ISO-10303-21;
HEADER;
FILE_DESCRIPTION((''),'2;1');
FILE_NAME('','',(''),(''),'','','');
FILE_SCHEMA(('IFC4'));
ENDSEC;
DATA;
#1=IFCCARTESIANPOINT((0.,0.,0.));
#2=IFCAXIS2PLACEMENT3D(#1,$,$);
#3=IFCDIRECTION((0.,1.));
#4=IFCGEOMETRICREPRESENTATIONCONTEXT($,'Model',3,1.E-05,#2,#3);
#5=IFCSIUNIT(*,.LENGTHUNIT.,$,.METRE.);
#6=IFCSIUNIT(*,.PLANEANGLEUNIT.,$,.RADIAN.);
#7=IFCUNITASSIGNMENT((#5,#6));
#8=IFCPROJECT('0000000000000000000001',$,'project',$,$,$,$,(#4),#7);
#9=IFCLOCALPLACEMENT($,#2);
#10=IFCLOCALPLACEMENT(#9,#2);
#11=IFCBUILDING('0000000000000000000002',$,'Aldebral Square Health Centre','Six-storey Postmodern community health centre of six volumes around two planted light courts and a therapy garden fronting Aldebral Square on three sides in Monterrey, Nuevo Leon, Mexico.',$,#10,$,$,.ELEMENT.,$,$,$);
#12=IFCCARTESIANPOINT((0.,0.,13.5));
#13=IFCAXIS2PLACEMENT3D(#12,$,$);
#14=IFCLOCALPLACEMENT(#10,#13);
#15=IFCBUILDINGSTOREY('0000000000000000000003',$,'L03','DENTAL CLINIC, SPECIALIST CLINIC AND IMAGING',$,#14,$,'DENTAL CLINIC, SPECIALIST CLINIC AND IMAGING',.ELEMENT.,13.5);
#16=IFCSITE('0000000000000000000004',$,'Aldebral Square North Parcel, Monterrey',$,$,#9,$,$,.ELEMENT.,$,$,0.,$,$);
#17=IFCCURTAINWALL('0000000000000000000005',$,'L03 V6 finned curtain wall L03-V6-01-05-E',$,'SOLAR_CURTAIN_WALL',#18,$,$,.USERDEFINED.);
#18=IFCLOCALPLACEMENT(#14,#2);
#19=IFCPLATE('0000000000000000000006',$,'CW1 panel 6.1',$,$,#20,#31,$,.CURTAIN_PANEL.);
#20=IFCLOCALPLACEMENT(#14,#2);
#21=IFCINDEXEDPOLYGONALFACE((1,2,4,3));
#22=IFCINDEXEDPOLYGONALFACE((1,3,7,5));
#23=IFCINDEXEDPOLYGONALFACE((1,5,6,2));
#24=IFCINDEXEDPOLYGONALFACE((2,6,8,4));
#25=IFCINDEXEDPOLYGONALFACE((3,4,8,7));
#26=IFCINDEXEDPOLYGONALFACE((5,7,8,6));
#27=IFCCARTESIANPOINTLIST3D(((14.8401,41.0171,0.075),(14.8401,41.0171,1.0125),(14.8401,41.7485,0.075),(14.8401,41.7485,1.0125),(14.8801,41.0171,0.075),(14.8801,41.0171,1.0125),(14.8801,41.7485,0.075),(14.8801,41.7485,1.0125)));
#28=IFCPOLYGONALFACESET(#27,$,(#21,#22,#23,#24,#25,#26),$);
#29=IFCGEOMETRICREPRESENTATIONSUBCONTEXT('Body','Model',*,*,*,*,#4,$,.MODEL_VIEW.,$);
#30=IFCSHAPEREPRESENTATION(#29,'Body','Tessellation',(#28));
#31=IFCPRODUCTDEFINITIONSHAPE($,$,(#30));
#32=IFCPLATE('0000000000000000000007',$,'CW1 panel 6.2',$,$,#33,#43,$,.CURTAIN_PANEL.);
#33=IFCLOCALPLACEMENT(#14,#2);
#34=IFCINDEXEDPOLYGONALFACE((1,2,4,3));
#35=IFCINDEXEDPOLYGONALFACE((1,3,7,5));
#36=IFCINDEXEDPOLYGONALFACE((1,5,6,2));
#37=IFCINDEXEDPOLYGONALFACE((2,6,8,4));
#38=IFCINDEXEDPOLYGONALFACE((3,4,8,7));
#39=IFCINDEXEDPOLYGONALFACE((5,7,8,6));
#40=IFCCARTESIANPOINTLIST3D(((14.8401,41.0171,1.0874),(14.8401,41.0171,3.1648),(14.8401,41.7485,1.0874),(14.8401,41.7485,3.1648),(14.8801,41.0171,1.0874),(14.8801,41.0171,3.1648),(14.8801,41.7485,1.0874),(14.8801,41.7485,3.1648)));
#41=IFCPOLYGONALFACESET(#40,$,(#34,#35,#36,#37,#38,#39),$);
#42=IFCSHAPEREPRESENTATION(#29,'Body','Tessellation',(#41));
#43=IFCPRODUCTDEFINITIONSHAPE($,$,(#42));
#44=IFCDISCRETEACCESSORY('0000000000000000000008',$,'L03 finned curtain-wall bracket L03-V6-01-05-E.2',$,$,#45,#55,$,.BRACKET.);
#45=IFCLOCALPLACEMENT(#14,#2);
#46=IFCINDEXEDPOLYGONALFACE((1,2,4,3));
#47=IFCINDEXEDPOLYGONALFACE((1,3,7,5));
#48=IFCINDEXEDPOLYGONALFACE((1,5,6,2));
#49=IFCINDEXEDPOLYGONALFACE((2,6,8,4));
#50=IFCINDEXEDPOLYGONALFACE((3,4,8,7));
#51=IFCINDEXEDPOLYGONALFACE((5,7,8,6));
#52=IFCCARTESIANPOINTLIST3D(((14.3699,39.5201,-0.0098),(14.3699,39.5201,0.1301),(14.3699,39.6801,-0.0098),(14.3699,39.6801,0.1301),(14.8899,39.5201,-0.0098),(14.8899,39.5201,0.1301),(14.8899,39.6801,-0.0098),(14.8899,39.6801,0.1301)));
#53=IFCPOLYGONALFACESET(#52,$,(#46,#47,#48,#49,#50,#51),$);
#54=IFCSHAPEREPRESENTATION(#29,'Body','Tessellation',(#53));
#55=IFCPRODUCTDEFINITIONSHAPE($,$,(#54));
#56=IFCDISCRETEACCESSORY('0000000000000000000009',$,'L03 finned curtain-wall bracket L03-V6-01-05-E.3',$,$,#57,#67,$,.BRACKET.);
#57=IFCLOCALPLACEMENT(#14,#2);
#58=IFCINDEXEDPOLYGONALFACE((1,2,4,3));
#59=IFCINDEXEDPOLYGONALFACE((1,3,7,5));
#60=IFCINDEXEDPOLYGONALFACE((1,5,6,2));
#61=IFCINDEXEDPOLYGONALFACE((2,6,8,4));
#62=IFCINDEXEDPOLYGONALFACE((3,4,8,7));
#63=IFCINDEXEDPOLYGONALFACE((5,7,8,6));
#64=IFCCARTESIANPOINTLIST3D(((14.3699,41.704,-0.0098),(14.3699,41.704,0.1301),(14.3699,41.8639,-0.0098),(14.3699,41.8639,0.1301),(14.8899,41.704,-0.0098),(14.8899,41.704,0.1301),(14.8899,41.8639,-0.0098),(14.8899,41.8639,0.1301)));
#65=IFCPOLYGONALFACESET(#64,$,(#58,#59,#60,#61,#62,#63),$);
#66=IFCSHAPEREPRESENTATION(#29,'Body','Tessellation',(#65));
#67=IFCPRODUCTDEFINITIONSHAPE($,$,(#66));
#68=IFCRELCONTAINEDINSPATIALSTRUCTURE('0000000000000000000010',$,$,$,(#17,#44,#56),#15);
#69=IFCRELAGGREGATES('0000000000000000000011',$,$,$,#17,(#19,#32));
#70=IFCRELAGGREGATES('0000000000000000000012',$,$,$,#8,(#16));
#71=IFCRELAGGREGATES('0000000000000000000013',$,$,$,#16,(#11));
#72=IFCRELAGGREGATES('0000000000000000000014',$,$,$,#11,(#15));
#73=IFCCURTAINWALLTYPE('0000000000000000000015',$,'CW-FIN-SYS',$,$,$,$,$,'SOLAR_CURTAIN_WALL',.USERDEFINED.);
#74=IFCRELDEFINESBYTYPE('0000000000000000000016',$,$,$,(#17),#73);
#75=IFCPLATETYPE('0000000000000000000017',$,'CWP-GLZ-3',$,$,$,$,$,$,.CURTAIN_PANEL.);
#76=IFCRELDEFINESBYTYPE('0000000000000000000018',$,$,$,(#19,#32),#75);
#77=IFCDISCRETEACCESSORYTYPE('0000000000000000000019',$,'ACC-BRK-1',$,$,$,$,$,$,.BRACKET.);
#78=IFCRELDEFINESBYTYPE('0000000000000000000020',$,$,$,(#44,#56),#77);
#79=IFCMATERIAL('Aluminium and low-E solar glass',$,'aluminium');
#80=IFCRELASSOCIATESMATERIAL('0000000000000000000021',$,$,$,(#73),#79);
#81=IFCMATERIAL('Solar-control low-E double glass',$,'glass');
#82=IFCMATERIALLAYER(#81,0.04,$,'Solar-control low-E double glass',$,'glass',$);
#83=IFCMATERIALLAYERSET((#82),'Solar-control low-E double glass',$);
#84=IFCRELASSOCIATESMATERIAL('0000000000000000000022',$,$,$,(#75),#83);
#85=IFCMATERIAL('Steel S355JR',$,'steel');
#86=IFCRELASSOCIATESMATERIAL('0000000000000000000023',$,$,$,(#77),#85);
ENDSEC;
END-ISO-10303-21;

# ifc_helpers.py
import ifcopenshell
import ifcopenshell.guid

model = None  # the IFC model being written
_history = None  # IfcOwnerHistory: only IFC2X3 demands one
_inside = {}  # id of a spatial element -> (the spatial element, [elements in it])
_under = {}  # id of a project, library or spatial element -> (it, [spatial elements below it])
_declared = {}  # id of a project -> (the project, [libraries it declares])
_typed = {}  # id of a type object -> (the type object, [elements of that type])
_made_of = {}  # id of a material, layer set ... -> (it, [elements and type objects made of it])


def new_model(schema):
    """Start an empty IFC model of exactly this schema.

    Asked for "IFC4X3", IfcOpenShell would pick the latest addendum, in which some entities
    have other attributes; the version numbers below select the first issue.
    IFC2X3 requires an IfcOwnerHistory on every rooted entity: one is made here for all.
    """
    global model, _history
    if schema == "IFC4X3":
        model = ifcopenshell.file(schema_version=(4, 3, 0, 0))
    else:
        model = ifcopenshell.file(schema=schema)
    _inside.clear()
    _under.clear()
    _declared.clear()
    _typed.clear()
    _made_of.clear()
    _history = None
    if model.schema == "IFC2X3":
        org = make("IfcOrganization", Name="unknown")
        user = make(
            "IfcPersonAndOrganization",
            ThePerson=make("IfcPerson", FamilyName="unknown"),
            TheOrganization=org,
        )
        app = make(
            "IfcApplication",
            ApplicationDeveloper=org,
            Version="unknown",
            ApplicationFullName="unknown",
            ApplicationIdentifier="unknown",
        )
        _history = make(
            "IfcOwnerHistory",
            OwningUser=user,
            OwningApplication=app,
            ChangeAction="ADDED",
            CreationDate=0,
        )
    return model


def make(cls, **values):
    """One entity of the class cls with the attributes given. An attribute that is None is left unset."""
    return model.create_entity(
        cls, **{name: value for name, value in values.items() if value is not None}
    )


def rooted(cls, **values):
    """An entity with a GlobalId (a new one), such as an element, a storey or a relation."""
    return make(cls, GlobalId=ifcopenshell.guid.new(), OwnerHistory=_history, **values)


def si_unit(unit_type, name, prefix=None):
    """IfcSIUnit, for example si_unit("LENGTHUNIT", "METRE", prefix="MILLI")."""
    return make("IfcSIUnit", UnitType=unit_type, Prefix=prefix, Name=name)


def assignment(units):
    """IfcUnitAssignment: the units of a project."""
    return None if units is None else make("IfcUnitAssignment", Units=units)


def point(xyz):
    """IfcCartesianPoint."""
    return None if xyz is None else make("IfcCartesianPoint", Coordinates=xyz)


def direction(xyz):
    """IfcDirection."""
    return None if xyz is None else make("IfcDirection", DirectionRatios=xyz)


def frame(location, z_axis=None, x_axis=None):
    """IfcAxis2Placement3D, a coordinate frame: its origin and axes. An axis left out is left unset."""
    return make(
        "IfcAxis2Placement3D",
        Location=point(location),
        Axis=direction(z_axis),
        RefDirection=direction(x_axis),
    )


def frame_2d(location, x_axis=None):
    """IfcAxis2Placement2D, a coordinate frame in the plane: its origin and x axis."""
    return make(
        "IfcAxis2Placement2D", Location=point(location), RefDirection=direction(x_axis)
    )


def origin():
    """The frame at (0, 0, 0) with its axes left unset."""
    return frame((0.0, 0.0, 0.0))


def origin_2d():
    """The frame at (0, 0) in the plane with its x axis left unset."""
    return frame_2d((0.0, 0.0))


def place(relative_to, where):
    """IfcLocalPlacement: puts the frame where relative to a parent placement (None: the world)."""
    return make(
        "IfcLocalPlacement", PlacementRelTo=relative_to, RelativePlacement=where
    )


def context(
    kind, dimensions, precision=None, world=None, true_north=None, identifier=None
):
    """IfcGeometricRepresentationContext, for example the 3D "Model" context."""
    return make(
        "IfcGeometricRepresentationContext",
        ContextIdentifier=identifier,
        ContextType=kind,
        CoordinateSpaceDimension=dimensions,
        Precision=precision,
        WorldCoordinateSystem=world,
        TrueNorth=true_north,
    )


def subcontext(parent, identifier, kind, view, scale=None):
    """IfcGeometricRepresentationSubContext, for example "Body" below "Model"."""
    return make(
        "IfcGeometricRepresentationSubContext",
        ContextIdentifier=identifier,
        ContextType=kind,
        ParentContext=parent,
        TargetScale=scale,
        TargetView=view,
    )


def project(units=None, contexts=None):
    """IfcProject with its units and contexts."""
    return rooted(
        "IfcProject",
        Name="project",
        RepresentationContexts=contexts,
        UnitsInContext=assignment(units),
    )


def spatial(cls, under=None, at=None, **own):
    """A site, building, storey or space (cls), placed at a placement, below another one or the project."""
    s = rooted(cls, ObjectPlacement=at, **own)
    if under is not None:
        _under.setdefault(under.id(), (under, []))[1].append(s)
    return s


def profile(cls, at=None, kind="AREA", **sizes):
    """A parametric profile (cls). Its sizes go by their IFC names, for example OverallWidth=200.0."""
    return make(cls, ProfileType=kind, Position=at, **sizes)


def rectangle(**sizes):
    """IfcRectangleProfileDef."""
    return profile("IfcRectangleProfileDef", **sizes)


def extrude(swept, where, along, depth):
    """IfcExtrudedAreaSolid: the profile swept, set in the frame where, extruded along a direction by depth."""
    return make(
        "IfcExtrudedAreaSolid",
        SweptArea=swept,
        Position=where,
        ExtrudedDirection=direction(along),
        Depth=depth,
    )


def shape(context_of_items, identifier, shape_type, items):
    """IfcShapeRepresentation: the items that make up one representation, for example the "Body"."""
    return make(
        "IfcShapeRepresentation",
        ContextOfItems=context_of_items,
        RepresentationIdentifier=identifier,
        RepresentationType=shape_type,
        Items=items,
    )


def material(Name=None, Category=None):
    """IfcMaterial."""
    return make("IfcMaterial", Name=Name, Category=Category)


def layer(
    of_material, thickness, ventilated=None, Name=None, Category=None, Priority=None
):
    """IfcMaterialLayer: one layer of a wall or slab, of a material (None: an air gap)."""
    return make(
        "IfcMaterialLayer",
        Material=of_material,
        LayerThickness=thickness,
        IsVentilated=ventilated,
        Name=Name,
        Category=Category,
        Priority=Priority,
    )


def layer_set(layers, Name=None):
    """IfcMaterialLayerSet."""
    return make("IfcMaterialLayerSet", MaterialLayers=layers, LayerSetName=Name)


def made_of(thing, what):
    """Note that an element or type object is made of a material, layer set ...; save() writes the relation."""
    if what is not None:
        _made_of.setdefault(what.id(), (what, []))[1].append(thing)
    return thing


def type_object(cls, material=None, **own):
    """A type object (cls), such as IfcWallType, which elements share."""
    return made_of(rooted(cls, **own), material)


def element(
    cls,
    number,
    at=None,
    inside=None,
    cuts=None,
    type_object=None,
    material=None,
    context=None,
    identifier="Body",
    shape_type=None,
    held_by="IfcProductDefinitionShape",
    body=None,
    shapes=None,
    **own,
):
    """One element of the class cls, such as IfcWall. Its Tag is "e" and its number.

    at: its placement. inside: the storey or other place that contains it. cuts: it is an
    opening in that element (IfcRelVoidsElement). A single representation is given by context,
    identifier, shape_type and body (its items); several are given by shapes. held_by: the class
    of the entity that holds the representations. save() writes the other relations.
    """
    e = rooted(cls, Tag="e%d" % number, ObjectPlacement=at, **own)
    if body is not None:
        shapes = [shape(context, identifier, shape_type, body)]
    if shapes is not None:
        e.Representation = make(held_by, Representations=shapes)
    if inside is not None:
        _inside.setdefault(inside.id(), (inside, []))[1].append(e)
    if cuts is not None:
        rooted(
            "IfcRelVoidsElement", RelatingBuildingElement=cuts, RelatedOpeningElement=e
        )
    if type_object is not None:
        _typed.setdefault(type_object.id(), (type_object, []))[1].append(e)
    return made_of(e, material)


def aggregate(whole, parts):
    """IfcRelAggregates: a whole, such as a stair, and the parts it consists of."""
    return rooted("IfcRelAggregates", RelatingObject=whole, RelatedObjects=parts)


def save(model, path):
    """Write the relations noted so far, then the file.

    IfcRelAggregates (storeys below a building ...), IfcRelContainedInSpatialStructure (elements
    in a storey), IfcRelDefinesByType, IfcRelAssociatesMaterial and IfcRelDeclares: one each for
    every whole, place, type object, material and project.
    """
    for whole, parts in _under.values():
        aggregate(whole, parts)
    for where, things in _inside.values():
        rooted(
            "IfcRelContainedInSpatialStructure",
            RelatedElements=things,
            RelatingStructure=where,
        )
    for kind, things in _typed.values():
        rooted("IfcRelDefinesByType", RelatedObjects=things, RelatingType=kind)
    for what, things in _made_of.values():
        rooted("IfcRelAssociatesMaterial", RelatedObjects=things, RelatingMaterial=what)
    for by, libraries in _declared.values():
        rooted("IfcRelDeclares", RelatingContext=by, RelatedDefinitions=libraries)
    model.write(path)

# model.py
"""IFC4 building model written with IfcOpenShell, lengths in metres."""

from ifc_helpers import new_model, si_unit, direction, frame, origin, origin_2d, place, context, subcontext, project, spatial, rectangle, extrude, material, layer, layer_set, type_object, element, aggregate, save


model = new_model("IFC4")

# Units and contexts
model_context = context("Model", 3, precision=1e-05, world=origin(), true_north=direction((0.0, 1.0)))
body_context = subcontext(model_context, "Body", "Model", "MODEL_VIEW")
ifc_project = project(units=[si_unit("LENGTHUNIT", "METRE"), si_unit("PLANEANGLEUNIT", "RADIAN")], contexts=[model_context])

# Site, building, storey
site_placement = place(None, origin())
site = spatial("IfcSite", under=ifc_project, at=site_placement, Name="Aldebral Square North Parcel, Monterrey", CompositionType="ELEMENT", RefElevation=0.0)
building_placement = place(site_placement, origin())
building = spatial("IfcBuilding", under=site, at=building_placement, Name="Aldebral Square Health Centre", Description="Six-storey Postmodern community health centre of six volumes around two planted light courts and a therapy garden fronting Aldebral Square on three sides in Monterrey, Nuevo Leon, Mexico.", CompositionType="ELEMENT")
storey_placement = place(building_placement, frame((0.0, 0.0, 13.5)))
storey = spatial("IfcBuildingStorey", under=building, at=storey_placement, Name="L03", Description="DENTAL CLINIC, SPECIALIST CLINIC AND IMAGING", LongName="DENTAL CLINIC, SPECIALIST CLINIC AND IMAGING", CompositionType="ELEMENT", Elevation=13.5)

# Curtain wall, plates
ifc_material_1 = material(Name="Aluminium and low-E solar glass", Category="aluminium")
curtain_wall_type = type_object("IfcCurtainWallType", Name="CW-FIN-SYS", ElementType="SOLAR_CURTAIN_WALL", PredefinedType="USERDEFINED", material=ifc_material_1)
curtain_wall_placement = place(storey_placement, origin())
curtain_wall = element("IfcCurtainWall", 1, at=curtain_wall_placement, inside=storey, type_object=curtain_wall_type, Name="L03 V6 finned curtain wall L03-V6-01-05-E", ObjectType="SOLAR_CURTAIN_WALL", PredefinedType="USERDEFINED")
ifc_material_2 = material(Name="Solar-control low-E double glass", Category="glass")
ifc_layer = layer(ifc_material_2, 0.04, Name="Solar-control low-E double glass", Category="glass")
ifc_layer_set = layer_set([ifc_layer], Name="Solar-control low-E double glass")
plate_type = type_object("IfcPlateType", Name="CWP-GLZ-3", PredefinedType="CURTAIN_PANEL", material=ifc_layer_set)
plate_1_placement = place(storey_placement, frame((14.8601, 41.3828, 0.075), z_axis=(0.0, 0.0, 1.0), x_axis=(0.0, 1.0, 0.0)))
plate_1 = element("IfcPlate", 2, at=plate_1_placement, type_object=plate_type, Name="CW1 panel 6.1", PredefinedType="CURTAIN_PANEL", context=body_context, shape_type="SweptSolid", body=[
    extrude(rectangle(XDim=0.7314, YDim=0.04, at=origin_2d()), origin(), (0.0, 0.0, 1.0), 0.9375),
])
plate_2_placement = place(storey_placement, frame((14.8601, 41.3828, 1.0874), z_axis=(0.0, 0.0, 1.0), x_axis=(0.0, 1.0, 0.0)))
plate_2 = element("IfcPlate", 3, at=plate_2_placement, type_object=plate_type, Name="CW1 panel 6.2", PredefinedType="CURTAIN_PANEL", context=body_context, shape_type="SweptSolid", body=[
    extrude(rectangle(XDim=0.7314, YDim=0.04, at=origin_2d()), origin(), (0.0, 0.0, 1.0), 2.0774),
])
aggregate(curtain_wall, [plate_1, plate_2])

# Discrete accessories
ifc_material_3 = material(Name="Steel S355JR", Category="steel")
discrete_accessory_type = type_object("IfcDiscreteAccessoryType", Name="ACC-BRK-1", PredefinedType="BRACKET", material=ifc_material_3)
for number, where, z_axis, x_axis, name in (
    (4, (14.6299, 39.6001, -0.0098), (0.0, 0.0, 1.0), (0.0, 1.0, 0.0), "L03 finned curtain-wall bracket L03-V6-01-05-E.2"),
    (5, (14.6299, 41.7839, -0.0098), (0.0, 0.0, 1.0), (0.0, 1.0, 0.0), "L03 finned curtain-wall bracket L03-V6-01-05-E.3"),
):
    element("IfcDiscreteAccessory", number, at=place(storey_placement, frame(where, z_axis=z_axis, x_axis=x_axis)), inside=storey, type_object=discrete_accessory_type, Name=name, PredefinedType="BRACKET", context=body_context, shape_type="SweptSolid", body=[
        extrude(rectangle(XDim=0.1599, YDim=0.52, at=origin_2d()), origin(), (0.0, 0.0, 1.0), 0.1399),
    ])

save(model, "model.ifc")
